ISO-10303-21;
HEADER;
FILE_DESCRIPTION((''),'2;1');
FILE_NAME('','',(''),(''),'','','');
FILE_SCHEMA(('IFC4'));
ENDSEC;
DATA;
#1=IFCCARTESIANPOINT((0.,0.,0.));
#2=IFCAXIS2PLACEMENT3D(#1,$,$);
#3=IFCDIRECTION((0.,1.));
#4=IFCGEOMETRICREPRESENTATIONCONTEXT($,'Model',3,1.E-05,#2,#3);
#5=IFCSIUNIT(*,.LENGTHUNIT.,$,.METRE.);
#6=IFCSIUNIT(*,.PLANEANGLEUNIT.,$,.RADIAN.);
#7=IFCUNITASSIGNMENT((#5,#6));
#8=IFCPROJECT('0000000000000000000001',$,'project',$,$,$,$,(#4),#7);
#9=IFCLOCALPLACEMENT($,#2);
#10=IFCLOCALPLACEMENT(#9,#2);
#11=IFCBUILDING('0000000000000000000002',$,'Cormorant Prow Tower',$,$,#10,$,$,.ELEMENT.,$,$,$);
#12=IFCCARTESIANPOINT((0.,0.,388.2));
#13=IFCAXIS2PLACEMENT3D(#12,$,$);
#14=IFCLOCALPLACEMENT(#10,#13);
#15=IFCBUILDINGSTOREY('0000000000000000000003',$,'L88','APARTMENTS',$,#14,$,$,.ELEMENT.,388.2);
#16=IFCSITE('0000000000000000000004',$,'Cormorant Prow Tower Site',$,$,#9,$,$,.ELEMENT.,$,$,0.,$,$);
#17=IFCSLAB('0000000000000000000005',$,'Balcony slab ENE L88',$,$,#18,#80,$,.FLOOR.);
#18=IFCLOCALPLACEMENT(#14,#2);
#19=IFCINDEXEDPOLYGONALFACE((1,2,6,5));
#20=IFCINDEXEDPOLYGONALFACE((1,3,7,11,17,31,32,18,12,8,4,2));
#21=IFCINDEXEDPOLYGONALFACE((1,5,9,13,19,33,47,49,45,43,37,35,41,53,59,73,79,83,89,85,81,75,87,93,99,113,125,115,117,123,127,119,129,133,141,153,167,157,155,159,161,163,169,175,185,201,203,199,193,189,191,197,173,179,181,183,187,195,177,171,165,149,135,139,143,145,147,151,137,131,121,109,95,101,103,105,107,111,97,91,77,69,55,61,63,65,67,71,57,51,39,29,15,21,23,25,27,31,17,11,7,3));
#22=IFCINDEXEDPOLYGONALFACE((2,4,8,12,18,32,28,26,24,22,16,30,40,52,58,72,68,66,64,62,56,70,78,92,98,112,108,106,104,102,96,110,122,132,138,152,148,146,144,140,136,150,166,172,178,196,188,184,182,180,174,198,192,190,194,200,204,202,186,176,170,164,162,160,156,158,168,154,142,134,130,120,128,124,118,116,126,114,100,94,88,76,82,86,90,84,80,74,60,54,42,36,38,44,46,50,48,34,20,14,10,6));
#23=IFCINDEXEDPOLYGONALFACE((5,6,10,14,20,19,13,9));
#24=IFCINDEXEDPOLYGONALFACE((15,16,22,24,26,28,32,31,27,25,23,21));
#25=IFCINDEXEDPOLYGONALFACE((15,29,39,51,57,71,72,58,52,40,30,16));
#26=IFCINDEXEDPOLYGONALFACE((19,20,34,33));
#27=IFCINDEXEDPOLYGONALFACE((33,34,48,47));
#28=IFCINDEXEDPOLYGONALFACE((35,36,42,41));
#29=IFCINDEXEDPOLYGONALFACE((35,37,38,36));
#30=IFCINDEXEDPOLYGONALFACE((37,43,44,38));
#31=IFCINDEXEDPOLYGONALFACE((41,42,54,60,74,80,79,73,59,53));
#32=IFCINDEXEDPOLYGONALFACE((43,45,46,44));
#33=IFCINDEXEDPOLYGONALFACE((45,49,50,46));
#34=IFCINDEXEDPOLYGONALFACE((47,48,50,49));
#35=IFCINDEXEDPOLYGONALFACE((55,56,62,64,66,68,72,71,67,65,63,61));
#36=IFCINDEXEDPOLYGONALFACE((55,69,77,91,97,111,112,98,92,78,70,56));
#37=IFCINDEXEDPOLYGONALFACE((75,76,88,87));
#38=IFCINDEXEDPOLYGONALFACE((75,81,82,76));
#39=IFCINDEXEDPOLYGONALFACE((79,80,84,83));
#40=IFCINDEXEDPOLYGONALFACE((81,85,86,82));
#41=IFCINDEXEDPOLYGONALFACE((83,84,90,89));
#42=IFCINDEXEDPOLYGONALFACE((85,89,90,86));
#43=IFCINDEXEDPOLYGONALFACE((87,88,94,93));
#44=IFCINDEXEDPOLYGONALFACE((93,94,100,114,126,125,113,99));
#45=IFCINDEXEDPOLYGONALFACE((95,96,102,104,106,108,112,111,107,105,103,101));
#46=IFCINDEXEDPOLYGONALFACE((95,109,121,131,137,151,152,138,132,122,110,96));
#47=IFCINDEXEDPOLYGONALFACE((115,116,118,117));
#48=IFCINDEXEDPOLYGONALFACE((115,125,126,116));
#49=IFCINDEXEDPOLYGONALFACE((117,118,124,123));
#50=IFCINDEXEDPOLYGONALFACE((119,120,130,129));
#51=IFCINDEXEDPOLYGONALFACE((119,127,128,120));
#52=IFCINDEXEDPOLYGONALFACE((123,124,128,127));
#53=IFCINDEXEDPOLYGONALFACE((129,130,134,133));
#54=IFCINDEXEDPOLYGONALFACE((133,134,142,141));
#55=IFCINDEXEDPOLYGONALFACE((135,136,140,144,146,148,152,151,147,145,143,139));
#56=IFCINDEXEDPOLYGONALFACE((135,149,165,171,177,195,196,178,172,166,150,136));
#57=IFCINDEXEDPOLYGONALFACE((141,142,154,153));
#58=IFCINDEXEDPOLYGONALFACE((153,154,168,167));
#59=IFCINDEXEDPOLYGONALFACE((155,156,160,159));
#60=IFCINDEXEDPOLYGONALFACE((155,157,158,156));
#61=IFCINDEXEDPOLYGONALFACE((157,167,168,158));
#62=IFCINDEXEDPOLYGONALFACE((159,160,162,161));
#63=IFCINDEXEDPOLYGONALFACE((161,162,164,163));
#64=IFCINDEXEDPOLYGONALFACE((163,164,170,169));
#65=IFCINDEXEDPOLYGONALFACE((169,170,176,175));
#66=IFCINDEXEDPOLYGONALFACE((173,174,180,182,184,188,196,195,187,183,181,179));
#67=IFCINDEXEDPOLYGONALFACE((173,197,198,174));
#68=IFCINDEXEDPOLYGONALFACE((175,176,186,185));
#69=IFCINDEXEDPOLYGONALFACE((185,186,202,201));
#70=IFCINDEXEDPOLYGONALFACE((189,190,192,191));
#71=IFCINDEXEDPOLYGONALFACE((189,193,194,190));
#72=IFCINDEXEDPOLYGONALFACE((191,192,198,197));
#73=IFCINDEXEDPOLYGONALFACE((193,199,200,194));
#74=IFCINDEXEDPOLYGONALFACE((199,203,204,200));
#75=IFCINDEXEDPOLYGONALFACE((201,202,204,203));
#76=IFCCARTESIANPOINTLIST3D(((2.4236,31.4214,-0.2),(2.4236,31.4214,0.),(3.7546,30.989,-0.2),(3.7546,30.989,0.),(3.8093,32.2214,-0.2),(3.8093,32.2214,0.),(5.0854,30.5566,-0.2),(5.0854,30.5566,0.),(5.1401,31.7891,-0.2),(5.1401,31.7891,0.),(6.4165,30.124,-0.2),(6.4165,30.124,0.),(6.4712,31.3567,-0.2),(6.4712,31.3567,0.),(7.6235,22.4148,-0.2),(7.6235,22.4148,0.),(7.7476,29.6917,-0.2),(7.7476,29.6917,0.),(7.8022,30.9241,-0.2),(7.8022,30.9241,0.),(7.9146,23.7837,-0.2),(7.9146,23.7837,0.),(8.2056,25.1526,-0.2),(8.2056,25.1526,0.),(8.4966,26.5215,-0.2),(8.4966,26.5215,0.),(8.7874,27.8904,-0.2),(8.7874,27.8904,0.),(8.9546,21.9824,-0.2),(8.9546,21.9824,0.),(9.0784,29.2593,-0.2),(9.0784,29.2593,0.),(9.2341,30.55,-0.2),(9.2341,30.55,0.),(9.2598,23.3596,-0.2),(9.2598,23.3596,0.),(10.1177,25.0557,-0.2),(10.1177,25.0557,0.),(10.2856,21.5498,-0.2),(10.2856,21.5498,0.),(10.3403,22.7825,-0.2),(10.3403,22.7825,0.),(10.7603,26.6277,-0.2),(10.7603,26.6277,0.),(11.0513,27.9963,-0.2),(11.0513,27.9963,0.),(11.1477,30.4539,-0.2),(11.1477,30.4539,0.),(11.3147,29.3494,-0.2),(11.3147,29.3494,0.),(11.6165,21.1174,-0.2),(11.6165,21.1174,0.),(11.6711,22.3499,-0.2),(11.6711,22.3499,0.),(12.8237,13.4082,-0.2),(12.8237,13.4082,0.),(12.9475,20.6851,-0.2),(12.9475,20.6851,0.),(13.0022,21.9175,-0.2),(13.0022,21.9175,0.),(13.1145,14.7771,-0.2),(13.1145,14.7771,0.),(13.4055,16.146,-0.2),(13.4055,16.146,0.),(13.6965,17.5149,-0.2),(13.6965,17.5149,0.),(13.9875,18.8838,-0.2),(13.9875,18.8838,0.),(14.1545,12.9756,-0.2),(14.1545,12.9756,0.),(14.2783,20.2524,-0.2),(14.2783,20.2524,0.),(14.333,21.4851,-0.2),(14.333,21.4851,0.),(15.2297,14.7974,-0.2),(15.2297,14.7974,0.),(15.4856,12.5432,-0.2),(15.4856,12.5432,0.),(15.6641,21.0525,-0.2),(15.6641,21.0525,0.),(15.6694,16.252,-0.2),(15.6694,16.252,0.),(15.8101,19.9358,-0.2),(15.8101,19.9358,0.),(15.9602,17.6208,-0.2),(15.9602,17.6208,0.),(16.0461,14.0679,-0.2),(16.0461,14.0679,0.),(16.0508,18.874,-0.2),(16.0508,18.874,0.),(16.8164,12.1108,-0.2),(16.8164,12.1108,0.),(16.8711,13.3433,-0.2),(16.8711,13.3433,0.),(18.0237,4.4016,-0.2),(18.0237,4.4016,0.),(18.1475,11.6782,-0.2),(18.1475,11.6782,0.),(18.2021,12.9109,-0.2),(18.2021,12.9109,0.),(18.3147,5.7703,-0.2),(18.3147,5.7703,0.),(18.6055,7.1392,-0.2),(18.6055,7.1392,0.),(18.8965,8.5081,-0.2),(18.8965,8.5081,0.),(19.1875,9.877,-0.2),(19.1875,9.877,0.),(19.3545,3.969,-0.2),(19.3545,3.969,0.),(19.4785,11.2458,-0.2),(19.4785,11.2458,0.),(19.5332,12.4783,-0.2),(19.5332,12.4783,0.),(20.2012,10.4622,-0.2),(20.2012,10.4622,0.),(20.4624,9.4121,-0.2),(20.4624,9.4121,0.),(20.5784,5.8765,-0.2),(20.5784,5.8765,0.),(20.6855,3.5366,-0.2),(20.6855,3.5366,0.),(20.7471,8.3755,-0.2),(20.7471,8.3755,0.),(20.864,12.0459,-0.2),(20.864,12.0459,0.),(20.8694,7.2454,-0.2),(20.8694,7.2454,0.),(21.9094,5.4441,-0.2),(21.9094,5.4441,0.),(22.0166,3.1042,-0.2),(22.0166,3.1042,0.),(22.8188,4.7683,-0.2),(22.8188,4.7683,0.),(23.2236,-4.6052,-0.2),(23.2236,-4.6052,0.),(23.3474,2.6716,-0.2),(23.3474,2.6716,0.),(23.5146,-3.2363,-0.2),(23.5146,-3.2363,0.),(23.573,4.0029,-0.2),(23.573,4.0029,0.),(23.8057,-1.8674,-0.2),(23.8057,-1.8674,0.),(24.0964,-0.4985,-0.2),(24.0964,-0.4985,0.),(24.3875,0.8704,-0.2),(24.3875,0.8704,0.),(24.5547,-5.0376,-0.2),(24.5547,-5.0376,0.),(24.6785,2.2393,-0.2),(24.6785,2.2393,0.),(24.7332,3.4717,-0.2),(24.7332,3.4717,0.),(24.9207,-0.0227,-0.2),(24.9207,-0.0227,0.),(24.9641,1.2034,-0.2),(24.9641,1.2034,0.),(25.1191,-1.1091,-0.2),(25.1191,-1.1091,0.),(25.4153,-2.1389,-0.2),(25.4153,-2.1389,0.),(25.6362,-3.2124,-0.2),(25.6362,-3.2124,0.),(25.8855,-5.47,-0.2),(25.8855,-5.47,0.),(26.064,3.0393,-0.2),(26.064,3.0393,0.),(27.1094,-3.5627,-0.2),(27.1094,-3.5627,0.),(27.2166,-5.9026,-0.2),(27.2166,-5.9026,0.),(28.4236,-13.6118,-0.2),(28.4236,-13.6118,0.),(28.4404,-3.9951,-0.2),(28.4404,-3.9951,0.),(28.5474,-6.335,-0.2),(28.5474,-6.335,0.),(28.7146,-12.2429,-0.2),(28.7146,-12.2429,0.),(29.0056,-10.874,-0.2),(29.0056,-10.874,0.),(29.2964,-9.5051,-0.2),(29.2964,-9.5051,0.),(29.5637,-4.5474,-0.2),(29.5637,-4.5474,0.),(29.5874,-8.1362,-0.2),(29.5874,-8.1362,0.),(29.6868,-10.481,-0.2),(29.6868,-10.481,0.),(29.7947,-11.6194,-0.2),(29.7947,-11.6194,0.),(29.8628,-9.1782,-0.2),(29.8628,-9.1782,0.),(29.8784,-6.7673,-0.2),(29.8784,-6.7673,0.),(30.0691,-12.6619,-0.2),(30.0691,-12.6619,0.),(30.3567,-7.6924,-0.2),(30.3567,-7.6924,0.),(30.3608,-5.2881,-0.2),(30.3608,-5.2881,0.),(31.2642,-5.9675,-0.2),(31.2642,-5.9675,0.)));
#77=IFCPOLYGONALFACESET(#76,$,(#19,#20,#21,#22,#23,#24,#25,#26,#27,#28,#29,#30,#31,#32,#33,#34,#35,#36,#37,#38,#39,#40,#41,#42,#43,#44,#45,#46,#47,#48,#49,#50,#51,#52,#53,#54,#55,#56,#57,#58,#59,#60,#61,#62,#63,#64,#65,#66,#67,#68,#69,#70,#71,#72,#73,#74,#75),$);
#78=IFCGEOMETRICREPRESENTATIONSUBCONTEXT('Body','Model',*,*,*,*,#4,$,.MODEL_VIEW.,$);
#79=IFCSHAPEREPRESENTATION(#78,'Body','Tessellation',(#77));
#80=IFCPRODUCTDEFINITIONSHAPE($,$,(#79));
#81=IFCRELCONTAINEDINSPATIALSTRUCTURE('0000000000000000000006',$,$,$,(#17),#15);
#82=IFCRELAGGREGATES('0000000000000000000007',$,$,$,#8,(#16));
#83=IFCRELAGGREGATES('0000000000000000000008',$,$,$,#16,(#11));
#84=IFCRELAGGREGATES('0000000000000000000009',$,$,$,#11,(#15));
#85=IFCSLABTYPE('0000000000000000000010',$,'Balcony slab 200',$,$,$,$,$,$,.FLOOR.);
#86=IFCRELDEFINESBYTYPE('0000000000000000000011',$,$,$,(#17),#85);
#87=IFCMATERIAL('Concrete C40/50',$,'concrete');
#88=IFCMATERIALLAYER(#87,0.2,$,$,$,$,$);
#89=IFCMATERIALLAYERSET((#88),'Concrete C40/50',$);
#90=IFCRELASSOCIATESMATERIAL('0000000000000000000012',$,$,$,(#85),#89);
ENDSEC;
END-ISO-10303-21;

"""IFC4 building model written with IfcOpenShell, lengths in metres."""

from ifc_helpers import new_model, si_unit, direction, frame, origin, place, context, subcontext, project, spatial, polyline, outline, extrude, material, layer, layer_set, type_object, element, save


model = new_model("IFC4")

# Units and contexts
model_context = context("Model", 3, precision=1e-05, world=origin(), true_north=direction((0.0, 1.0)))
body_context = subcontext(model_context, "Body", "Model", "MODEL_VIEW")
ifc_project = project(units=[si_unit("LENGTHUNIT", "METRE"), si_unit("PLANEANGLEUNIT", "RADIAN")], contexts=[model_context])

# Site, building, storey
site_placement = place(None, origin())
site = spatial("IfcSite", under=ifc_project, at=site_placement, Name="Cormorant Prow Tower Site", CompositionType="ELEMENT", RefElevation=0.0)
building_placement = place(site_placement, origin())
building = spatial("IfcBuilding", under=site, at=building_placement, Name="Cormorant Prow Tower", CompositionType="ELEMENT")
storey_placement = place(building_placement, frame((0.0, 0.0, 388.2)))
storey = spatial("IfcBuildingStorey", under=building, at=storey_placement, Name="L88", Description="APARTMENTS", CompositionType="ELEMENT", Elevation=388.2)

# Slab
ifc_material_1 = material(Name="Concrete C40/50", Category="concrete")
ifc_layer_1 = layer(ifc_material_1, 0.2)
ifc_layer_set_1 = layer_set([ifc_layer_1], Name="Concrete C40/50")
slab_type_1 = type_object("IfcSlabType", Name="Balcony slab 200", PredefinedType="FLOOR", material=ifc_layer_set_1)
slab_1_placement = place(storey_placement, frame((0.0, 0.0, -0.2)))
element("IfcSlab", 1, at=slab_1_placement, inside=storey, type_object=slab_type_1, Name="Balcony slab ENE L88", PredefinedType="FLOOR", context=body_context, shape_type="SweptSolid", body=[
    extrude(outline(polyline([(28.4236, -13.6118), (30.0691, -12.6619), (29.7947, -11.6194), (29.6868, -10.481), (29.8628, -9.1782), (30.3567, -7.6924), (31.2642, -5.9675), (30.3608, -5.2881), (29.5637, -4.5474), (28.4404, -3.9951), (27.1094, -3.5627), (25.6362, -3.2124), (25.4153, -2.1389), (25.1191, -1.1091), (24.9207, -0.0227), (24.9641, 1.2034), (26.064, 3.0393), (24.7332, 3.4717), (23.573, 4.0029), (22.8188, 4.7683), (21.9094, 5.4441), (20.5784, 5.8765), (20.8694, 7.2454), (20.7471, 8.3755), (20.4624, 9.4121), (20.2012, 10.4622), (20.864, 12.0459), (19.5332, 12.4783), (18.2021, 12.9109), (16.8711, 13.3433), (16.0461, 14.0679), (15.2297, 14.7974), (15.6694, 16.252), (15.9602, 17.6208), (16.0508, 18.874), (15.8101, 19.9358), (15.6641, 21.0525), (14.333, 21.4851), (13.0022, 21.9175), (11.6711, 22.3499), (10.3403, 22.7825), (9.2598, 23.3596), (10.1177, 25.0557), (10.7603, 26.6277), (11.0513, 27.9963), (11.3147, 29.3494), (11.1477, 30.4539), (9.2341, 30.55), (7.8022, 30.9241), (6.4712, 31.3567), (5.1401, 31.7891), (3.8093, 32.2214), (2.4236, 31.4214), (3.7546, 30.989), (5.0854, 30.5566), (6.4165, 30.124), (7.7476, 29.6917), (9.0784, 29.2593), (8.7874, 27.8904), (8.4966, 26.5215), (8.2056, 25.1526), (7.9146, 23.7837), (7.6235, 22.4148), (8.9546, 21.9824), (10.2856, 21.5498), (11.6165, 21.1174), (12.9475, 20.6851), (14.2783, 20.2524), (13.9875, 18.8838), (13.6965, 17.5149), (13.4055, 16.146), (13.1145, 14.7771), (12.8237, 13.4082), (14.1545, 12.9756), (15.4856, 12.5432), (16.8164, 12.1108), (18.1475, 11.6782), (19.4785, 11.2458), (19.1875, 9.877), (18.8965, 8.5081), (18.6055, 7.1392), (18.3147, 5.7703), (18.0237, 4.4016), (19.3545, 3.969), (20.6855, 3.5366), (22.0166, 3.1042), (23.3474, 2.6716), (24.6785, 2.2393), (24.3875, 0.8704), (24.0964, -0.4985), (23.8057, -1.8674), (23.5146, -3.2363), (23.2236, -4.6052), (24.5547, -5.0376), (25.8855, -5.47), (27.2166, -5.9026), (28.5474, -6.335), (29.8784, -6.7673), (29.5874, -8.1362), (29.2964, -9.5051), (29.0056, -10.874), (28.7146, -12.2429), (28.4236, -13.6118)])), origin(), (0.0, 0.0, 1.0), 0.2),
])

save(model, "model.ifc")
